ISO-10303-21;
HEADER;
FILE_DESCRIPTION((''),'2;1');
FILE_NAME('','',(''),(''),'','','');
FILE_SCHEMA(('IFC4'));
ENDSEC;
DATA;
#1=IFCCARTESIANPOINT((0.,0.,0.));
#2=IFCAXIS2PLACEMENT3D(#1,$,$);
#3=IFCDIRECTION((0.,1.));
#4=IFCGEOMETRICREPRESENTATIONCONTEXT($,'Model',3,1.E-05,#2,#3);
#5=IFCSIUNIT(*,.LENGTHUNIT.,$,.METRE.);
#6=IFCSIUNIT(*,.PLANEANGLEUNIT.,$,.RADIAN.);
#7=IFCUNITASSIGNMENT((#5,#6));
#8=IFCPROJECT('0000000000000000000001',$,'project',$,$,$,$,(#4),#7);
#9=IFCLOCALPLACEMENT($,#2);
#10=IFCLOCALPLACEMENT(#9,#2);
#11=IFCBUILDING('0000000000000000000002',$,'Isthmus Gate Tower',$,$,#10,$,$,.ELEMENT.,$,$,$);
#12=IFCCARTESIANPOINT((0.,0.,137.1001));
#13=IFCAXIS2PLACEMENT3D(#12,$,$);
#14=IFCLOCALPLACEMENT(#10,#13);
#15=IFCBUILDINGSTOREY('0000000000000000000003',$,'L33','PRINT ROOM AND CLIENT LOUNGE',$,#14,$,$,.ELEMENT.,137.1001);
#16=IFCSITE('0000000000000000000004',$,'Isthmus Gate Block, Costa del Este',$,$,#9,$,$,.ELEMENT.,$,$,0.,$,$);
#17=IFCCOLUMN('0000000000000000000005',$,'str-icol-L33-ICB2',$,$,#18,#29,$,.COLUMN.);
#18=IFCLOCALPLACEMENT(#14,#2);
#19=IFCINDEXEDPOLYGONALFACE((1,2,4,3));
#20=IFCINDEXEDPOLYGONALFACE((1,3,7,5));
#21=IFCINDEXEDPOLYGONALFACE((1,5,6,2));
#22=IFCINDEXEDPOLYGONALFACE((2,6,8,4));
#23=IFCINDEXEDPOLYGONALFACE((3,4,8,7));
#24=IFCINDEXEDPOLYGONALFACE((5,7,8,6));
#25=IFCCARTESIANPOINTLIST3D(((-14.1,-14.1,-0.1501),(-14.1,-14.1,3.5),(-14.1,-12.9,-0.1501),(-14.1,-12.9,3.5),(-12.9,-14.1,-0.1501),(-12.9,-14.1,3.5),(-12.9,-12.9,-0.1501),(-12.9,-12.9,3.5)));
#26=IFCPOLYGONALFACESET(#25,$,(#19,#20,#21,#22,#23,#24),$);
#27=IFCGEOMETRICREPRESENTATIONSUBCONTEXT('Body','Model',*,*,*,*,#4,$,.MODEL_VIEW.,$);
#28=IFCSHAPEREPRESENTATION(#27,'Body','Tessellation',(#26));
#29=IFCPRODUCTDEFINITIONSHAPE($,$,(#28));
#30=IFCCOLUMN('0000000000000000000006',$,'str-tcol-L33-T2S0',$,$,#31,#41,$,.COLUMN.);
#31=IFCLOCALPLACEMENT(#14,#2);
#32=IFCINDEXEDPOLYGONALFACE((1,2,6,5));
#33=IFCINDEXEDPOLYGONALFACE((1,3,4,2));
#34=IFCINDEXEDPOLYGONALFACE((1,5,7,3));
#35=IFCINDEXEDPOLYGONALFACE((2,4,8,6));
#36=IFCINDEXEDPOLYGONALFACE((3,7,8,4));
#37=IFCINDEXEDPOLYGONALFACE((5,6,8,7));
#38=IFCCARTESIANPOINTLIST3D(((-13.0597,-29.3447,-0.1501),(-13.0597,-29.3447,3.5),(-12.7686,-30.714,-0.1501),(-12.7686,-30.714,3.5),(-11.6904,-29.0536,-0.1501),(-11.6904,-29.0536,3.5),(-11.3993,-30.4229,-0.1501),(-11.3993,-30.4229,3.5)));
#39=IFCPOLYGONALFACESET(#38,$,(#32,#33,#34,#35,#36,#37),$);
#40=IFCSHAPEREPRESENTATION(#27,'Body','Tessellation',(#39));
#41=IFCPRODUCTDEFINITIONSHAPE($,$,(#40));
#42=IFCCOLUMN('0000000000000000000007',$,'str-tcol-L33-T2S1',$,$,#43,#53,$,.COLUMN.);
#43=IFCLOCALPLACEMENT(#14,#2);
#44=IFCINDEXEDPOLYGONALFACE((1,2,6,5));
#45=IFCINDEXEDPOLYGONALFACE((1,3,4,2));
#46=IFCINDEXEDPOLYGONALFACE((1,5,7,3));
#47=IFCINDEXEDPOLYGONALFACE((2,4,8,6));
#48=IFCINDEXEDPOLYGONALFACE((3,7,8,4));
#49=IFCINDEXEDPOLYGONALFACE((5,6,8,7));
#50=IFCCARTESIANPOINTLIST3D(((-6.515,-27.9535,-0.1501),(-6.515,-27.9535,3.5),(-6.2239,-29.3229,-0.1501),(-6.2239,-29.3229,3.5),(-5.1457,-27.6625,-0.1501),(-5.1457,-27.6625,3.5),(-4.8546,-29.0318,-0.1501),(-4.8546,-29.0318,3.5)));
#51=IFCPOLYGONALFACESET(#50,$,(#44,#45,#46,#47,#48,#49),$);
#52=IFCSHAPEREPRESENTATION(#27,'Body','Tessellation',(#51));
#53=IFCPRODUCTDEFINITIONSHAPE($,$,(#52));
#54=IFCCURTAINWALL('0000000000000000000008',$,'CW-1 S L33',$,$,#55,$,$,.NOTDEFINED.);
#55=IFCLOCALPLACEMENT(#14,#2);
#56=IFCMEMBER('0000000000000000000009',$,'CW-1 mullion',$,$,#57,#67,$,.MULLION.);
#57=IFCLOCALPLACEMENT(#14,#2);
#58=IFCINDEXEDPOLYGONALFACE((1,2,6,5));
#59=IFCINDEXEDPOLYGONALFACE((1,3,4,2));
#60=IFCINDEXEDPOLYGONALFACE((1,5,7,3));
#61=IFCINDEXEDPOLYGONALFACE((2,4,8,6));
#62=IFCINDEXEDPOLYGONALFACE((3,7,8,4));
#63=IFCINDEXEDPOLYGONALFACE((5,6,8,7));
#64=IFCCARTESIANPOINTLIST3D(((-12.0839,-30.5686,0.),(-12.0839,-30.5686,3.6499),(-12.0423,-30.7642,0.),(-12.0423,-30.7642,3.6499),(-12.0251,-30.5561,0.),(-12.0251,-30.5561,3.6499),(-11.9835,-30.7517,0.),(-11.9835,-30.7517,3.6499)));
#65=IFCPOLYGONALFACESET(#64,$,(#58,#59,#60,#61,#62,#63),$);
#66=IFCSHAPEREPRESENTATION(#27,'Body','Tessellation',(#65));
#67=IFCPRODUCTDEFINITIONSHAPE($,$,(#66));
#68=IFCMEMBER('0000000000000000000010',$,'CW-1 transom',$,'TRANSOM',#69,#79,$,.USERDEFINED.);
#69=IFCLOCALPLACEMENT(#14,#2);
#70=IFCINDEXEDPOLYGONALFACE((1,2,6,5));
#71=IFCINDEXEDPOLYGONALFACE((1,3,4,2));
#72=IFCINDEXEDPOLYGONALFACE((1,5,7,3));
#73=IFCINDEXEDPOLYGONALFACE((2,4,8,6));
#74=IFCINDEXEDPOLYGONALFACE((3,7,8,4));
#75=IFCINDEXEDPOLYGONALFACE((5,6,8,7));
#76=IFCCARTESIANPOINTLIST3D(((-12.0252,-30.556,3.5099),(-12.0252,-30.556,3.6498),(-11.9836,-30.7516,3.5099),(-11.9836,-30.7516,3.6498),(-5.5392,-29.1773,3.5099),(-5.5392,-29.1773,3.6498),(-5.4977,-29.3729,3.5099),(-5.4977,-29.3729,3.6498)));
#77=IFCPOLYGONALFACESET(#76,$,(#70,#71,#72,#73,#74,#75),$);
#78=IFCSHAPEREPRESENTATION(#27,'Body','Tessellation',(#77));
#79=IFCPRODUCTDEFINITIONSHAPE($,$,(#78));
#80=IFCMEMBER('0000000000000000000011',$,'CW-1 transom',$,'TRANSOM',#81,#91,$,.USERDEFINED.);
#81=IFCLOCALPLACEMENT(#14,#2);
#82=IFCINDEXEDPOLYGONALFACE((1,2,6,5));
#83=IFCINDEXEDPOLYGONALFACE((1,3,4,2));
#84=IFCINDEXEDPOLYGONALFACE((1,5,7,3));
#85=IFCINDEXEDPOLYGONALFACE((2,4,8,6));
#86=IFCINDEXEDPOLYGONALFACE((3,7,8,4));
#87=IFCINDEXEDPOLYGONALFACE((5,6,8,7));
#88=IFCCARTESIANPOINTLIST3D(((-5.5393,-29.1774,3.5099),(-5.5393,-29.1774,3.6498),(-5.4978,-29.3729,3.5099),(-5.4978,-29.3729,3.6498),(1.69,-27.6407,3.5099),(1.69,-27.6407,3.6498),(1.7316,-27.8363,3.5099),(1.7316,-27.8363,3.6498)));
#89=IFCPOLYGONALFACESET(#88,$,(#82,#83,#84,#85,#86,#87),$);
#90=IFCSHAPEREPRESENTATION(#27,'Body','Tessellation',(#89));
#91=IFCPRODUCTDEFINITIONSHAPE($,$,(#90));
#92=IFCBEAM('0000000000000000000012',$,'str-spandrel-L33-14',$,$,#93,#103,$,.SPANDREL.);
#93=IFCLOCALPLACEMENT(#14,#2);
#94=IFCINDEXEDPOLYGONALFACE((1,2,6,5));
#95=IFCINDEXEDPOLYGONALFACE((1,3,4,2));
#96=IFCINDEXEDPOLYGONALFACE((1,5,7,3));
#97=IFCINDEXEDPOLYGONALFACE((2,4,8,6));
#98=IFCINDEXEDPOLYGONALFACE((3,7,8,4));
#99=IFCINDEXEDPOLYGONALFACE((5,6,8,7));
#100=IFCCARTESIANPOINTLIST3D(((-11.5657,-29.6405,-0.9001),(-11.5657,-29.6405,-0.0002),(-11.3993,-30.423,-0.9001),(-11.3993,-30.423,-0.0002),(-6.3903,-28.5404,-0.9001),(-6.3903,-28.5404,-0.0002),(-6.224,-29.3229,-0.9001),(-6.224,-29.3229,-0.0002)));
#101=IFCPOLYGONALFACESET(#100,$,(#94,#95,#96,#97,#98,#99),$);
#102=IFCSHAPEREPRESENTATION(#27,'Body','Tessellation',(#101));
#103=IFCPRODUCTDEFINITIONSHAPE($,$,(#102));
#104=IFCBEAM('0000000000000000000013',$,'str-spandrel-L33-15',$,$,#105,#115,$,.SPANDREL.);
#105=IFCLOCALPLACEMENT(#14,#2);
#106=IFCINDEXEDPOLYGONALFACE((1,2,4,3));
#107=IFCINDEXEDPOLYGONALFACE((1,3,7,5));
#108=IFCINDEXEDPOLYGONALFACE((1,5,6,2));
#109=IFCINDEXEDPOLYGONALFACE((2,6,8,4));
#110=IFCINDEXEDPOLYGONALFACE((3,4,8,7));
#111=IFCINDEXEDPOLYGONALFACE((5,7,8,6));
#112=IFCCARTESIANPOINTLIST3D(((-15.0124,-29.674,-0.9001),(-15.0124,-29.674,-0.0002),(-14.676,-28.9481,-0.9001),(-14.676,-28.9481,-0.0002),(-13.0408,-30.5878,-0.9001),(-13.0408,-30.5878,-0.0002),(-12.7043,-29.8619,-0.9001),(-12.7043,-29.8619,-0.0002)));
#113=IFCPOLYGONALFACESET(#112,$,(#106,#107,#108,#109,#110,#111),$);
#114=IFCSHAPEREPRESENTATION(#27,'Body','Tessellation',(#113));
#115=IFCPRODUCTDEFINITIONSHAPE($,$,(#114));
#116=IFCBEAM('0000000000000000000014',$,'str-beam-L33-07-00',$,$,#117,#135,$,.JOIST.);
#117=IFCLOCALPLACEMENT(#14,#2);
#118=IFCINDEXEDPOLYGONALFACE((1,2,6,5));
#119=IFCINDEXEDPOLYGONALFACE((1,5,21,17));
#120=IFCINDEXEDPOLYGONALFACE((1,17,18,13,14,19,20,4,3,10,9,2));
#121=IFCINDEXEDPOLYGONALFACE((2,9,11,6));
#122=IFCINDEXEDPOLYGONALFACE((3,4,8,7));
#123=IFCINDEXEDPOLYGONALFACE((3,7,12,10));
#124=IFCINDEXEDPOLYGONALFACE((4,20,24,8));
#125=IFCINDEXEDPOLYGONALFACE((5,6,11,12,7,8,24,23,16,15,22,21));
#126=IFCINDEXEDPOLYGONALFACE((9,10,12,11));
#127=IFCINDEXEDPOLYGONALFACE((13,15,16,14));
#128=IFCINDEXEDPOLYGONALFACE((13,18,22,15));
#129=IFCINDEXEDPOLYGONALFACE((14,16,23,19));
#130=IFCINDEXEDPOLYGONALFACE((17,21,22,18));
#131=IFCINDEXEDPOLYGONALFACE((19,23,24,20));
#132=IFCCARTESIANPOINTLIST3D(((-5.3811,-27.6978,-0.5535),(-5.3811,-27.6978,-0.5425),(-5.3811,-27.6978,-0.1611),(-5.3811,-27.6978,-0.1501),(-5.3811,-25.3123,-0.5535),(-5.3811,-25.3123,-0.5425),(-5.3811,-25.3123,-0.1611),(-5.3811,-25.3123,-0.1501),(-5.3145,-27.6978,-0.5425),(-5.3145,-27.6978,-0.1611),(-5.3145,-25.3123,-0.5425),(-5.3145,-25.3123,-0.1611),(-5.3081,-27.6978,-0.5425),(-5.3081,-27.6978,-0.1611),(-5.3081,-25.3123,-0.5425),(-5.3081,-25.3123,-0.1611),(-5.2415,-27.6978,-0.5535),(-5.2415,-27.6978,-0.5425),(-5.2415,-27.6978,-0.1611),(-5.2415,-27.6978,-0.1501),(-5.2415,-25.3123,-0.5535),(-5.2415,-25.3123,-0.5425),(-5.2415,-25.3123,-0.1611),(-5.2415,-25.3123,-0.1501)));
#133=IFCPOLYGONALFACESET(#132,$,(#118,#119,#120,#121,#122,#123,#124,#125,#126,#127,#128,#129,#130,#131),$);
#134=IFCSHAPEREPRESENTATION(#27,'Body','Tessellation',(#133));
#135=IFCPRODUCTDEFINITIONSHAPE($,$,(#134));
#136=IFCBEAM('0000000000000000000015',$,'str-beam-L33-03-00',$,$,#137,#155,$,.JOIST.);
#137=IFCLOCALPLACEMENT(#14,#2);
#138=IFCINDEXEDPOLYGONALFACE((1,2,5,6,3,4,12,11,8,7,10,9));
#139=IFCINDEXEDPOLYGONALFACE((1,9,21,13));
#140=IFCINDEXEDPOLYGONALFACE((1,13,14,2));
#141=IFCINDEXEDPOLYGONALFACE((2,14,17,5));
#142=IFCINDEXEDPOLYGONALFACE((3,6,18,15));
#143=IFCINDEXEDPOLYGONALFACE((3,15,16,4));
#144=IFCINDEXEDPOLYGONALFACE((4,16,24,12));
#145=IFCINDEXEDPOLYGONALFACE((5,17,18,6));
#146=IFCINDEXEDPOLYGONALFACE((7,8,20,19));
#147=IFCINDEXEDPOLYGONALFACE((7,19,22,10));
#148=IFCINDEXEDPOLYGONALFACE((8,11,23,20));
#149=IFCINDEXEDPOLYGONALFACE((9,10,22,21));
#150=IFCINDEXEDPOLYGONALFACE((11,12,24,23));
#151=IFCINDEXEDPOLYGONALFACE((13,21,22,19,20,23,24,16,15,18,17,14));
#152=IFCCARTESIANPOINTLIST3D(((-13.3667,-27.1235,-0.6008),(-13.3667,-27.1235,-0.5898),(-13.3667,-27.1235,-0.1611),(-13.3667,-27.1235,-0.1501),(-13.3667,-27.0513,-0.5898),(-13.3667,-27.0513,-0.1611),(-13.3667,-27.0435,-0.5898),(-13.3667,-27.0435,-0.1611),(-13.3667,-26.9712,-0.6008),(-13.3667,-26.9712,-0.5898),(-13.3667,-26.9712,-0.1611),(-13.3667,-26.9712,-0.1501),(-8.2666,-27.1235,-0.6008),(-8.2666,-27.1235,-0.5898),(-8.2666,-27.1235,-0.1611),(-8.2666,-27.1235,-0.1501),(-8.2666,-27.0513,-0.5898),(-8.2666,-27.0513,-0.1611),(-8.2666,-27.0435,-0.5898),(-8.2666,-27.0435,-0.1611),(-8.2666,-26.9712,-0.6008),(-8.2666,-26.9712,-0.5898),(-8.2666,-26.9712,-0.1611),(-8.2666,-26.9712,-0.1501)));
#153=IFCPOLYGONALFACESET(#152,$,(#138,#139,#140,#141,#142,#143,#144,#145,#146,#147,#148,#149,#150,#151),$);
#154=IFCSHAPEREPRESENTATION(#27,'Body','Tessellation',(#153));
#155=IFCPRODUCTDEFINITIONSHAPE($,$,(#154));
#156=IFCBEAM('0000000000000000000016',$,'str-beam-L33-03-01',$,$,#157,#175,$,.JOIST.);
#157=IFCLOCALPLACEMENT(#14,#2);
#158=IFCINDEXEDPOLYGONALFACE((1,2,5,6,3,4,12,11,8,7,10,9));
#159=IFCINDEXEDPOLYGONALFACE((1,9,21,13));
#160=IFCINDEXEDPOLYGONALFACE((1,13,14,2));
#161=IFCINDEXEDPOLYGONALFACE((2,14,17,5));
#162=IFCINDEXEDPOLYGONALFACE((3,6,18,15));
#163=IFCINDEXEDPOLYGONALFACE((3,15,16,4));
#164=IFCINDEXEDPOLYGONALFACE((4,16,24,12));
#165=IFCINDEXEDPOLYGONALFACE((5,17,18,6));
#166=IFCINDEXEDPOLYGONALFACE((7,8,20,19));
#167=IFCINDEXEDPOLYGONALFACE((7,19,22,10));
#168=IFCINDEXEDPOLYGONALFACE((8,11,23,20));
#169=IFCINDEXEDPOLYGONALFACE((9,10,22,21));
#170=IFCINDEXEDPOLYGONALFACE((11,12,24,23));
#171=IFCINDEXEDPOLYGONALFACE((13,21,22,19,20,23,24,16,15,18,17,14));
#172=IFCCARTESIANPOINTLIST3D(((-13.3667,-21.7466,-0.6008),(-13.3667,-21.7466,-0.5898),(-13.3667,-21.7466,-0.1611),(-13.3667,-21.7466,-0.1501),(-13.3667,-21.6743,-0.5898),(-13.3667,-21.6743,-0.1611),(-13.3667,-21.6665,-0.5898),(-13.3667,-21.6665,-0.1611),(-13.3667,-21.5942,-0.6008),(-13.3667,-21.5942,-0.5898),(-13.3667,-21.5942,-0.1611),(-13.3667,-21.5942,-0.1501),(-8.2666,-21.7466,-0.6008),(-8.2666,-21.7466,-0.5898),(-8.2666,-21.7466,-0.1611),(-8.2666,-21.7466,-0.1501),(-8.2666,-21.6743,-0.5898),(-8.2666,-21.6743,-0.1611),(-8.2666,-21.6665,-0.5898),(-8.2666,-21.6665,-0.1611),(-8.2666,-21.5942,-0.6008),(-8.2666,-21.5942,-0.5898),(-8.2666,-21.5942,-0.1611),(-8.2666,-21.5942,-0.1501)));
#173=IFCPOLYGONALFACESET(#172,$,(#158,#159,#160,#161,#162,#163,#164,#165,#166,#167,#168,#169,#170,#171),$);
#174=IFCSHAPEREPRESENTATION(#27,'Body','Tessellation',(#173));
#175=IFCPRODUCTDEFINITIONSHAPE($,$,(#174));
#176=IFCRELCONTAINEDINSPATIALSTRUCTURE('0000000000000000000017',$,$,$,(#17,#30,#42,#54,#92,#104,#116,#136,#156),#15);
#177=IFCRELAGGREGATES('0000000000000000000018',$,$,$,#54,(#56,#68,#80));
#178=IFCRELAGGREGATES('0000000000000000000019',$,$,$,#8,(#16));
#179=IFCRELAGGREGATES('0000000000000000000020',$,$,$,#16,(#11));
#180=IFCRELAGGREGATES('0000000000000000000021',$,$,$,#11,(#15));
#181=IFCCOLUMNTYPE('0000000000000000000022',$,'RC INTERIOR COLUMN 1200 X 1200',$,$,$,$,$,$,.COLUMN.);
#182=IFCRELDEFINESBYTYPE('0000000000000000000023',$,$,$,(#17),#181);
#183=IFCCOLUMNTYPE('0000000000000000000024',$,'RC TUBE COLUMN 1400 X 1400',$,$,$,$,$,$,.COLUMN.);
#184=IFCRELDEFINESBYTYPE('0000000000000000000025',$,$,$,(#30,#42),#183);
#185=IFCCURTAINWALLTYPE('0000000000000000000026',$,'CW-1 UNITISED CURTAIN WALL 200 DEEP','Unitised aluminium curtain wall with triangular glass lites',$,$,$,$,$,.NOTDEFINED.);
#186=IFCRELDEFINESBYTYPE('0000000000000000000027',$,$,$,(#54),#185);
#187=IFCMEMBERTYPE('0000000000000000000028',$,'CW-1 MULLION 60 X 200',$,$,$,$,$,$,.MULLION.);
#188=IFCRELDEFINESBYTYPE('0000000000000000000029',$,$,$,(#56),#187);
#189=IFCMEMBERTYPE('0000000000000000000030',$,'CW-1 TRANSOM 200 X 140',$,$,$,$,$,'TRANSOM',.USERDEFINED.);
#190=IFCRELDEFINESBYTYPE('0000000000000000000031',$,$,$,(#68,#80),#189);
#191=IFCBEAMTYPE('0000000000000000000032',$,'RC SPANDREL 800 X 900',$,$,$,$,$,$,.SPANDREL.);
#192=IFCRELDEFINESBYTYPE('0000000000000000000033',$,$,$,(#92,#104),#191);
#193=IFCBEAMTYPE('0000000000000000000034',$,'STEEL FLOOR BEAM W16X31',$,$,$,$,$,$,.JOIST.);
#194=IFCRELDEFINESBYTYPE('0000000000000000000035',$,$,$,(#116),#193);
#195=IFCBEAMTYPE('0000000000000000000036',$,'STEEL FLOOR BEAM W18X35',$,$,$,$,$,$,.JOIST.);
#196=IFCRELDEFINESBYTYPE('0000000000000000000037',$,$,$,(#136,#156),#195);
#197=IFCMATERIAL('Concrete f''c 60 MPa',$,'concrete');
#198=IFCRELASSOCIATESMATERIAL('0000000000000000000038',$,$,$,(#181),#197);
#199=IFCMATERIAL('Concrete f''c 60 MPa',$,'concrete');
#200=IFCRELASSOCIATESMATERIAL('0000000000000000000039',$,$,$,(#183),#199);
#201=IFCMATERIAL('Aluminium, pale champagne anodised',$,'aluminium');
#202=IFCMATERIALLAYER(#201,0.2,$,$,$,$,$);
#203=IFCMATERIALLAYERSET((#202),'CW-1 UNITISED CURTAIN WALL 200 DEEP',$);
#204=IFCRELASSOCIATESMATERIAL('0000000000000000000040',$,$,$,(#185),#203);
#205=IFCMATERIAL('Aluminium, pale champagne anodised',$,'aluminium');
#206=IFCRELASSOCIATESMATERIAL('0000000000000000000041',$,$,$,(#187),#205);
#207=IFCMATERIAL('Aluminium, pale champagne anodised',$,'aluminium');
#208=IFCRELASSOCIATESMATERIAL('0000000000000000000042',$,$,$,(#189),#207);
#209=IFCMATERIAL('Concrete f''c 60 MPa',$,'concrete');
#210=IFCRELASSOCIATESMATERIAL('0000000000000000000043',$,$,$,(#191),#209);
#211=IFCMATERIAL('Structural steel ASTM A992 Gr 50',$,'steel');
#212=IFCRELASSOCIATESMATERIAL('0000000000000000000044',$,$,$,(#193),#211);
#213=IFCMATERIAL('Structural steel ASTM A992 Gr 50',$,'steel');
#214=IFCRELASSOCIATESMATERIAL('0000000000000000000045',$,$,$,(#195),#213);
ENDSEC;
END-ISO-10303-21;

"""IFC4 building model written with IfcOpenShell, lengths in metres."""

from ifc_helpers import new_model, si_unit, direction, frame, origin, origin_2d, place, context, subcontext, project, spatial, rectangle, i_section, extrude, material, layer, layer_set, material_profile, profile_set, type_object, element, aggregate, save


model = new_model("IFC4")

# Units and contexts
model_context = context("Model", 3, precision=1e-05, world=origin(), true_north=direction((0.0, 1.0)))
body_context = subcontext(model_context, "Body", "Model", "MODEL_VIEW")
ifc_project = project(units=[si_unit("LENGTHUNIT", "METRE"), si_unit("PLANEANGLEUNIT", "RADIAN")], contexts=[model_context])

# Site, building, storey
site_placement = place(None, origin())
site = spatial("IfcSite", under=ifc_project, at=site_placement, Name="Isthmus Gate Block, Costa del Este", CompositionType="ELEMENT", RefElevation=0.0)
building_placement = place(site_placement, origin())
building = spatial("IfcBuilding", under=site, at=building_placement, Name="Isthmus Gate Tower", CompositionType="ELEMENT")
storey_placement = place(building_placement, frame((0.0, 0.0, 137.1001)))
storey = spatial("IfcBuildingStorey", under=building, at=storey_placement, Name="L33", Description="PRINT ROOM AND CLIENT LOUNGE", CompositionType="ELEMENT", Elevation=137.1001)

# Columns
ifc_material_1 = material(Name="Concrete f'c 60 MPa", Category="concrete")
ifc_material_profile_1 = material_profile(ifc_material_1, rectangle(XDim=1.2, YDim=1.2, at=origin_2d()), Name="RC 1200X1200")
ifc_profile_set_1 = profile_set([ifc_material_profile_1], Name="Concrete f'c 60 MPa")
column_type_1 = type_object("IfcColumnType", Name="RC INTERIOR COLUMN 1200 X 1200", PredefinedType="COLUMN", material=ifc_profile_set_1)
column_placement = place(storey_placement, frame((-13.5, -13.5, -0.1501), z_axis=(0.0, 0.0, 1.0), x_axis=(1.0, 0.0, 0.0)))
element("IfcColumn", 1, at=column_placement, inside=storey, type_object=column_type_1, Name="str-icol-L33-ICB2", PredefinedType="COLUMN", context=body_context, shape_type="SweptSolid", body=[
    extrude(rectangle(XDim=1.2, YDim=1.2, at=origin_2d()), origin(), (0.0, 0.0, 1.0), 3.6501),
])
ifc_material_2 = material(Name="Concrete f'c 60 MPa", Category="concrete")
ifc_material_profile_2 = material_profile(ifc_material_2, rectangle(XDim=1.3999, YDim=1.3999, at=origin_2d()), Name="RC 1400X1400")
ifc_profile_set_2 = profile_set([ifc_material_profile_2], Name="Concrete f'c 60 MPa")
column_type_2 = type_object("IfcColumnType", Name="RC TUBE COLUMN 1400 X 1400", PredefinedType="COLUMN", material=ifc_profile_set_2)
for number, where, z_axis, x_axis, name in (
    (2, (-12.2295, -29.8838, -0.1501), (0.0, 0.0, 1.0), (0.978148, 0.207912, 0.0), "str-tcol-L33-T2S0"),
    (3, (-5.6848, -28.4927, -0.1501), (0.0, 0.0, 1.0), (0.978148, 0.207912, 0.0), "str-tcol-L33-T2S1"),
):
    element("IfcColumn", number, at=place(storey_placement, frame(where, z_axis=z_axis, x_axis=x_axis)), inside=storey, type_object=column_type_2, Name=name, PredefinedType="COLUMN", context=body_context, shape_type="SweptSolid", body=[
        extrude(rectangle(XDim=1.3999, YDim=1.3999, at=origin_2d()), origin(), (0.0, 0.0, 1.0), 3.6501),
    ])

# Curtain wall, members
ifc_material_3 = material(Name="Aluminium, pale champagne anodised", Category="aluminium")
ifc_layer_1 = layer(ifc_material_3, 0.2)
ifc_layer_set_1 = layer_set([ifc_layer_1], Name="CW-1 UNITISED CURTAIN WALL 200 DEEP")
curtain_wall_type = type_object("IfcCurtainWallType", Name="CW-1 UNITISED CURTAIN WALL 200 DEEP", Description="Unitised aluminium curtain wall with triangular glass lites", PredefinedType="NOTDEFINED", material=ifc_layer_set_1)
curtain_wall_1_placement = place(storey_placement, origin())
curtain_wall_1 = element("IfcCurtainWall", 4, at=curtain_wall_1_placement, inside=storey, type_object=curtain_wall_type, Name="CW-1 S L33", PredefinedType="NOTDEFINED")
ifc_material_4 = material(Name="Aluminium, pale champagne anodised", Category="aluminium")
ifc_material_profile_3 = material_profile(ifc_material_4, rectangle(XDim=0.0601, YDim=0.2, at=origin_2d()), Name="60x200")
ifc_profile_set_3 = profile_set([ifc_material_profile_3], Name="Aluminium, pale champagne anodised")
member_type_1 = type_object("IfcMemberType", Name="CW-1 MULLION 60 X 200", PredefinedType="MULLION", material=ifc_profile_set_3)
member_1_placement = place(storey_placement, frame((-12.0337, -30.6602, 0.0), z_axis=(0.0, 0.0, 1.0), x_axis=(0.978148, 0.207912, 0.0)))
member_1 = element("IfcMember", 5, at=member_1_placement, type_object=member_type_1, Name="CW-1 mullion", PredefinedType="MULLION", context=body_context, shape_type="SweptSolid", body=[
    extrude(rectangle(XDim=0.0601, YDim=0.2, at=origin_2d()), origin(), (0.0, 0.0, 1.0), 3.6499),
])
ifc_material_5 = material(Name="Aluminium, pale champagne anodised", Category="aluminium")
ifc_material_profile_4 = material_profile(ifc_material_5, rectangle(XDim=0.2, YDim=0.1399, at=origin_2d()), Name="200x140")
ifc_profile_set_4 = profile_set([ifc_material_profile_4], Name="Aluminium, pale champagne anodised")
member_type_2 = type_object("IfcMemberType", Name="CW-1 TRANSOM 200 X 140", ElementType="TRANSOM", PredefinedType="USERDEFINED", material=ifc_profile_set_4)
member_2_placement = place(storey_placement, frame((-12.0044, -30.6538, 3.5798), z_axis=(0.978146, 0.20792, 0.0), x_axis=(-0.20792, 0.978146, 0.0)))
member_2 = element("IfcMember", 6, at=member_2_placement, type_object=member_type_2, Name="CW-1 transom", ObjectType="TRANSOM", PredefinedType="USERDEFINED", context=body_context, shape_type="SweptSolid", body=[
    extrude(rectangle(XDim=0.2, YDim=0.1399, at=origin_2d()), origin(), (0.0, 0.0, 1.0), 6.6309),
])
member_3_placement = place(storey_placement, frame((-5.5186, -29.2751, 3.5798), z_axis=(0.978148, 0.207911, 0.0), x_axis=(-0.207911, 0.978148, 0.0)))
member_3 = element("IfcMember", 7, at=member_3_placement, type_object=member_type_2, Name="CW-1 transom", ObjectType="TRANSOM", PredefinedType="USERDEFINED", context=body_context, shape_type="SweptSolid", body=[
    extrude(rectangle(XDim=0.2, YDim=0.1399, at=origin_2d()), origin(), (0.0, 0.0, 1.0), 7.3909),
])

# Beams
ifc_material_6 = material(Name="Concrete f'c 60 MPa", Category="concrete")
ifc_material_profile_5 = material_profile(ifc_material_6, rectangle(XDim=0.8, YDim=0.8999, at=origin_2d()), Name="RC 800X900")
ifc_profile_set_5 = profile_set([ifc_material_profile_5], Name="Concrete f'c 60 MPa")
beam_type_1 = type_object("IfcBeamType", Name="RC SPANDREL 800 X 900", PredefinedType="SPANDREL", material=ifc_profile_set_5)
beam_1_placement = place(storey_placement, frame((-6.3071, -28.9316, -0.4502), z_axis=(-0.978145, -0.207922, 0.0), x_axis=(0.207922, -0.978145, 0.0)))
element("IfcBeam", 8, at=beam_1_placement, inside=storey, type_object=beam_type_1, Name="str-spandrel-L33-14", PredefinedType="SPANDREL", context=body_context, shape_type="SweptSolid", body=[
    extrude(rectangle(XDim=0.8, YDim=0.8999, at=origin_2d()), origin(), (0.0, 0.0, 1.0), 5.291),
])
beam_2_placement = place(storey_placement, frame((-12.8726, -30.2249, -0.4502), z_axis=(-0.907291, 0.420504, 0.0), x_axis=(-0.420504, -0.907291, 0.0)))
element("IfcBeam", 9, at=beam_2_placement, inside=storey, type_object=beam_type_1, Name="str-spandrel-L33-15", PredefinedType="SPANDREL", context=body_context, shape_type="SweptSolid", body=[
    extrude(rectangle(XDim=0.8, YDim=0.8999, at=origin_2d()), origin(), (0.0, 0.0, 1.0), 2.1731),
])
ifc_material_7 = material(Name="Structural steel ASTM A992 Gr 50", Category="steel")
ifc_material_profile_6 = material_profile(ifc_material_7, i_section(OverallWidth=0.1396, OverallDepth=0.4033, WebThickness=0.0063, FlangeThickness=0.011, at=origin_2d()), Name="W16X31")
ifc_profile_set_6 = profile_set([ifc_material_profile_6], Name="Structural steel ASTM A992 Gr 50")
beam_type_2 = type_object("IfcBeamType", Name="STEEL FLOOR BEAM W16X31", PredefinedType="JOIST", material=ifc_profile_set_6)
beam_3_placement = place(storey_placement, frame((-5.3113, -27.6978, -0.3518), z_axis=(0.0, 1.0, 0.0), x_axis=(-1.0, 0.0, 0.0)))
element("IfcBeam", 10, at=beam_3_placement, inside=storey, type_object=beam_type_2, Name="str-beam-L33-07-00", PredefinedType="JOIST", context=body_context, shape_type="SweptSolid", body=[
    extrude(i_section(OverallWidth=0.1396, OverallDepth=0.4033, WebThickness=0.0063, FlangeThickness=0.011, at=origin_2d()), origin(), (0.0, 0.0, 1.0), 2.3855),
])
ifc_material_8 = material(Name="Structural steel ASTM A992 Gr 50", Category="steel")
ifc_material_profile_7 = material_profile(ifc_material_8, i_section(OverallWidth=0.1523, OverallDepth=0.4507, WebThickness=0.0078, FlangeThickness=0.011, at=origin_2d()), Name="W18X35")
ifc_profile_set_7 = profile_set([ifc_material_profile_7], Name="Structural steel ASTM A992 Gr 50")
beam_type_3 = type_object("IfcBeamType", Name="STEEL FLOOR BEAM W18X35", PredefinedType="JOIST", material=ifc_profile_set_7)
for number, where, z_axis, x_axis, name in (
    (11, (-13.3667, -27.0474, -0.3755), (1.0, 0.0, 0.0), (0.0, 1.0, 0.0), "str-beam-L33-03-00"),
    (12, (-13.3667, -21.6704, -0.3755), (1.0, 0.0, 0.0), (0.0, 1.0, 0.0), "str-beam-L33-03-01"),
):
    element("IfcBeam", number, at=place(storey_placement, frame(where, z_axis=z_axis, x_axis=x_axis)), inside=storey, type_object=beam_type_3, Name=name, PredefinedType="JOIST", context=body_context, shape_type="SweptSolid", body=[
        extrude(i_section(OverallWidth=0.1523, OverallDepth=0.4507, WebThickness=0.0078, FlangeThickness=0.011, at=origin_2d()), origin(), (0.0, 0.0, 1.0), 5.1001),
    ])

aggregate(curtain_wall_1, [member_1, member_2, member_3])

save(model, "model.ifc")
